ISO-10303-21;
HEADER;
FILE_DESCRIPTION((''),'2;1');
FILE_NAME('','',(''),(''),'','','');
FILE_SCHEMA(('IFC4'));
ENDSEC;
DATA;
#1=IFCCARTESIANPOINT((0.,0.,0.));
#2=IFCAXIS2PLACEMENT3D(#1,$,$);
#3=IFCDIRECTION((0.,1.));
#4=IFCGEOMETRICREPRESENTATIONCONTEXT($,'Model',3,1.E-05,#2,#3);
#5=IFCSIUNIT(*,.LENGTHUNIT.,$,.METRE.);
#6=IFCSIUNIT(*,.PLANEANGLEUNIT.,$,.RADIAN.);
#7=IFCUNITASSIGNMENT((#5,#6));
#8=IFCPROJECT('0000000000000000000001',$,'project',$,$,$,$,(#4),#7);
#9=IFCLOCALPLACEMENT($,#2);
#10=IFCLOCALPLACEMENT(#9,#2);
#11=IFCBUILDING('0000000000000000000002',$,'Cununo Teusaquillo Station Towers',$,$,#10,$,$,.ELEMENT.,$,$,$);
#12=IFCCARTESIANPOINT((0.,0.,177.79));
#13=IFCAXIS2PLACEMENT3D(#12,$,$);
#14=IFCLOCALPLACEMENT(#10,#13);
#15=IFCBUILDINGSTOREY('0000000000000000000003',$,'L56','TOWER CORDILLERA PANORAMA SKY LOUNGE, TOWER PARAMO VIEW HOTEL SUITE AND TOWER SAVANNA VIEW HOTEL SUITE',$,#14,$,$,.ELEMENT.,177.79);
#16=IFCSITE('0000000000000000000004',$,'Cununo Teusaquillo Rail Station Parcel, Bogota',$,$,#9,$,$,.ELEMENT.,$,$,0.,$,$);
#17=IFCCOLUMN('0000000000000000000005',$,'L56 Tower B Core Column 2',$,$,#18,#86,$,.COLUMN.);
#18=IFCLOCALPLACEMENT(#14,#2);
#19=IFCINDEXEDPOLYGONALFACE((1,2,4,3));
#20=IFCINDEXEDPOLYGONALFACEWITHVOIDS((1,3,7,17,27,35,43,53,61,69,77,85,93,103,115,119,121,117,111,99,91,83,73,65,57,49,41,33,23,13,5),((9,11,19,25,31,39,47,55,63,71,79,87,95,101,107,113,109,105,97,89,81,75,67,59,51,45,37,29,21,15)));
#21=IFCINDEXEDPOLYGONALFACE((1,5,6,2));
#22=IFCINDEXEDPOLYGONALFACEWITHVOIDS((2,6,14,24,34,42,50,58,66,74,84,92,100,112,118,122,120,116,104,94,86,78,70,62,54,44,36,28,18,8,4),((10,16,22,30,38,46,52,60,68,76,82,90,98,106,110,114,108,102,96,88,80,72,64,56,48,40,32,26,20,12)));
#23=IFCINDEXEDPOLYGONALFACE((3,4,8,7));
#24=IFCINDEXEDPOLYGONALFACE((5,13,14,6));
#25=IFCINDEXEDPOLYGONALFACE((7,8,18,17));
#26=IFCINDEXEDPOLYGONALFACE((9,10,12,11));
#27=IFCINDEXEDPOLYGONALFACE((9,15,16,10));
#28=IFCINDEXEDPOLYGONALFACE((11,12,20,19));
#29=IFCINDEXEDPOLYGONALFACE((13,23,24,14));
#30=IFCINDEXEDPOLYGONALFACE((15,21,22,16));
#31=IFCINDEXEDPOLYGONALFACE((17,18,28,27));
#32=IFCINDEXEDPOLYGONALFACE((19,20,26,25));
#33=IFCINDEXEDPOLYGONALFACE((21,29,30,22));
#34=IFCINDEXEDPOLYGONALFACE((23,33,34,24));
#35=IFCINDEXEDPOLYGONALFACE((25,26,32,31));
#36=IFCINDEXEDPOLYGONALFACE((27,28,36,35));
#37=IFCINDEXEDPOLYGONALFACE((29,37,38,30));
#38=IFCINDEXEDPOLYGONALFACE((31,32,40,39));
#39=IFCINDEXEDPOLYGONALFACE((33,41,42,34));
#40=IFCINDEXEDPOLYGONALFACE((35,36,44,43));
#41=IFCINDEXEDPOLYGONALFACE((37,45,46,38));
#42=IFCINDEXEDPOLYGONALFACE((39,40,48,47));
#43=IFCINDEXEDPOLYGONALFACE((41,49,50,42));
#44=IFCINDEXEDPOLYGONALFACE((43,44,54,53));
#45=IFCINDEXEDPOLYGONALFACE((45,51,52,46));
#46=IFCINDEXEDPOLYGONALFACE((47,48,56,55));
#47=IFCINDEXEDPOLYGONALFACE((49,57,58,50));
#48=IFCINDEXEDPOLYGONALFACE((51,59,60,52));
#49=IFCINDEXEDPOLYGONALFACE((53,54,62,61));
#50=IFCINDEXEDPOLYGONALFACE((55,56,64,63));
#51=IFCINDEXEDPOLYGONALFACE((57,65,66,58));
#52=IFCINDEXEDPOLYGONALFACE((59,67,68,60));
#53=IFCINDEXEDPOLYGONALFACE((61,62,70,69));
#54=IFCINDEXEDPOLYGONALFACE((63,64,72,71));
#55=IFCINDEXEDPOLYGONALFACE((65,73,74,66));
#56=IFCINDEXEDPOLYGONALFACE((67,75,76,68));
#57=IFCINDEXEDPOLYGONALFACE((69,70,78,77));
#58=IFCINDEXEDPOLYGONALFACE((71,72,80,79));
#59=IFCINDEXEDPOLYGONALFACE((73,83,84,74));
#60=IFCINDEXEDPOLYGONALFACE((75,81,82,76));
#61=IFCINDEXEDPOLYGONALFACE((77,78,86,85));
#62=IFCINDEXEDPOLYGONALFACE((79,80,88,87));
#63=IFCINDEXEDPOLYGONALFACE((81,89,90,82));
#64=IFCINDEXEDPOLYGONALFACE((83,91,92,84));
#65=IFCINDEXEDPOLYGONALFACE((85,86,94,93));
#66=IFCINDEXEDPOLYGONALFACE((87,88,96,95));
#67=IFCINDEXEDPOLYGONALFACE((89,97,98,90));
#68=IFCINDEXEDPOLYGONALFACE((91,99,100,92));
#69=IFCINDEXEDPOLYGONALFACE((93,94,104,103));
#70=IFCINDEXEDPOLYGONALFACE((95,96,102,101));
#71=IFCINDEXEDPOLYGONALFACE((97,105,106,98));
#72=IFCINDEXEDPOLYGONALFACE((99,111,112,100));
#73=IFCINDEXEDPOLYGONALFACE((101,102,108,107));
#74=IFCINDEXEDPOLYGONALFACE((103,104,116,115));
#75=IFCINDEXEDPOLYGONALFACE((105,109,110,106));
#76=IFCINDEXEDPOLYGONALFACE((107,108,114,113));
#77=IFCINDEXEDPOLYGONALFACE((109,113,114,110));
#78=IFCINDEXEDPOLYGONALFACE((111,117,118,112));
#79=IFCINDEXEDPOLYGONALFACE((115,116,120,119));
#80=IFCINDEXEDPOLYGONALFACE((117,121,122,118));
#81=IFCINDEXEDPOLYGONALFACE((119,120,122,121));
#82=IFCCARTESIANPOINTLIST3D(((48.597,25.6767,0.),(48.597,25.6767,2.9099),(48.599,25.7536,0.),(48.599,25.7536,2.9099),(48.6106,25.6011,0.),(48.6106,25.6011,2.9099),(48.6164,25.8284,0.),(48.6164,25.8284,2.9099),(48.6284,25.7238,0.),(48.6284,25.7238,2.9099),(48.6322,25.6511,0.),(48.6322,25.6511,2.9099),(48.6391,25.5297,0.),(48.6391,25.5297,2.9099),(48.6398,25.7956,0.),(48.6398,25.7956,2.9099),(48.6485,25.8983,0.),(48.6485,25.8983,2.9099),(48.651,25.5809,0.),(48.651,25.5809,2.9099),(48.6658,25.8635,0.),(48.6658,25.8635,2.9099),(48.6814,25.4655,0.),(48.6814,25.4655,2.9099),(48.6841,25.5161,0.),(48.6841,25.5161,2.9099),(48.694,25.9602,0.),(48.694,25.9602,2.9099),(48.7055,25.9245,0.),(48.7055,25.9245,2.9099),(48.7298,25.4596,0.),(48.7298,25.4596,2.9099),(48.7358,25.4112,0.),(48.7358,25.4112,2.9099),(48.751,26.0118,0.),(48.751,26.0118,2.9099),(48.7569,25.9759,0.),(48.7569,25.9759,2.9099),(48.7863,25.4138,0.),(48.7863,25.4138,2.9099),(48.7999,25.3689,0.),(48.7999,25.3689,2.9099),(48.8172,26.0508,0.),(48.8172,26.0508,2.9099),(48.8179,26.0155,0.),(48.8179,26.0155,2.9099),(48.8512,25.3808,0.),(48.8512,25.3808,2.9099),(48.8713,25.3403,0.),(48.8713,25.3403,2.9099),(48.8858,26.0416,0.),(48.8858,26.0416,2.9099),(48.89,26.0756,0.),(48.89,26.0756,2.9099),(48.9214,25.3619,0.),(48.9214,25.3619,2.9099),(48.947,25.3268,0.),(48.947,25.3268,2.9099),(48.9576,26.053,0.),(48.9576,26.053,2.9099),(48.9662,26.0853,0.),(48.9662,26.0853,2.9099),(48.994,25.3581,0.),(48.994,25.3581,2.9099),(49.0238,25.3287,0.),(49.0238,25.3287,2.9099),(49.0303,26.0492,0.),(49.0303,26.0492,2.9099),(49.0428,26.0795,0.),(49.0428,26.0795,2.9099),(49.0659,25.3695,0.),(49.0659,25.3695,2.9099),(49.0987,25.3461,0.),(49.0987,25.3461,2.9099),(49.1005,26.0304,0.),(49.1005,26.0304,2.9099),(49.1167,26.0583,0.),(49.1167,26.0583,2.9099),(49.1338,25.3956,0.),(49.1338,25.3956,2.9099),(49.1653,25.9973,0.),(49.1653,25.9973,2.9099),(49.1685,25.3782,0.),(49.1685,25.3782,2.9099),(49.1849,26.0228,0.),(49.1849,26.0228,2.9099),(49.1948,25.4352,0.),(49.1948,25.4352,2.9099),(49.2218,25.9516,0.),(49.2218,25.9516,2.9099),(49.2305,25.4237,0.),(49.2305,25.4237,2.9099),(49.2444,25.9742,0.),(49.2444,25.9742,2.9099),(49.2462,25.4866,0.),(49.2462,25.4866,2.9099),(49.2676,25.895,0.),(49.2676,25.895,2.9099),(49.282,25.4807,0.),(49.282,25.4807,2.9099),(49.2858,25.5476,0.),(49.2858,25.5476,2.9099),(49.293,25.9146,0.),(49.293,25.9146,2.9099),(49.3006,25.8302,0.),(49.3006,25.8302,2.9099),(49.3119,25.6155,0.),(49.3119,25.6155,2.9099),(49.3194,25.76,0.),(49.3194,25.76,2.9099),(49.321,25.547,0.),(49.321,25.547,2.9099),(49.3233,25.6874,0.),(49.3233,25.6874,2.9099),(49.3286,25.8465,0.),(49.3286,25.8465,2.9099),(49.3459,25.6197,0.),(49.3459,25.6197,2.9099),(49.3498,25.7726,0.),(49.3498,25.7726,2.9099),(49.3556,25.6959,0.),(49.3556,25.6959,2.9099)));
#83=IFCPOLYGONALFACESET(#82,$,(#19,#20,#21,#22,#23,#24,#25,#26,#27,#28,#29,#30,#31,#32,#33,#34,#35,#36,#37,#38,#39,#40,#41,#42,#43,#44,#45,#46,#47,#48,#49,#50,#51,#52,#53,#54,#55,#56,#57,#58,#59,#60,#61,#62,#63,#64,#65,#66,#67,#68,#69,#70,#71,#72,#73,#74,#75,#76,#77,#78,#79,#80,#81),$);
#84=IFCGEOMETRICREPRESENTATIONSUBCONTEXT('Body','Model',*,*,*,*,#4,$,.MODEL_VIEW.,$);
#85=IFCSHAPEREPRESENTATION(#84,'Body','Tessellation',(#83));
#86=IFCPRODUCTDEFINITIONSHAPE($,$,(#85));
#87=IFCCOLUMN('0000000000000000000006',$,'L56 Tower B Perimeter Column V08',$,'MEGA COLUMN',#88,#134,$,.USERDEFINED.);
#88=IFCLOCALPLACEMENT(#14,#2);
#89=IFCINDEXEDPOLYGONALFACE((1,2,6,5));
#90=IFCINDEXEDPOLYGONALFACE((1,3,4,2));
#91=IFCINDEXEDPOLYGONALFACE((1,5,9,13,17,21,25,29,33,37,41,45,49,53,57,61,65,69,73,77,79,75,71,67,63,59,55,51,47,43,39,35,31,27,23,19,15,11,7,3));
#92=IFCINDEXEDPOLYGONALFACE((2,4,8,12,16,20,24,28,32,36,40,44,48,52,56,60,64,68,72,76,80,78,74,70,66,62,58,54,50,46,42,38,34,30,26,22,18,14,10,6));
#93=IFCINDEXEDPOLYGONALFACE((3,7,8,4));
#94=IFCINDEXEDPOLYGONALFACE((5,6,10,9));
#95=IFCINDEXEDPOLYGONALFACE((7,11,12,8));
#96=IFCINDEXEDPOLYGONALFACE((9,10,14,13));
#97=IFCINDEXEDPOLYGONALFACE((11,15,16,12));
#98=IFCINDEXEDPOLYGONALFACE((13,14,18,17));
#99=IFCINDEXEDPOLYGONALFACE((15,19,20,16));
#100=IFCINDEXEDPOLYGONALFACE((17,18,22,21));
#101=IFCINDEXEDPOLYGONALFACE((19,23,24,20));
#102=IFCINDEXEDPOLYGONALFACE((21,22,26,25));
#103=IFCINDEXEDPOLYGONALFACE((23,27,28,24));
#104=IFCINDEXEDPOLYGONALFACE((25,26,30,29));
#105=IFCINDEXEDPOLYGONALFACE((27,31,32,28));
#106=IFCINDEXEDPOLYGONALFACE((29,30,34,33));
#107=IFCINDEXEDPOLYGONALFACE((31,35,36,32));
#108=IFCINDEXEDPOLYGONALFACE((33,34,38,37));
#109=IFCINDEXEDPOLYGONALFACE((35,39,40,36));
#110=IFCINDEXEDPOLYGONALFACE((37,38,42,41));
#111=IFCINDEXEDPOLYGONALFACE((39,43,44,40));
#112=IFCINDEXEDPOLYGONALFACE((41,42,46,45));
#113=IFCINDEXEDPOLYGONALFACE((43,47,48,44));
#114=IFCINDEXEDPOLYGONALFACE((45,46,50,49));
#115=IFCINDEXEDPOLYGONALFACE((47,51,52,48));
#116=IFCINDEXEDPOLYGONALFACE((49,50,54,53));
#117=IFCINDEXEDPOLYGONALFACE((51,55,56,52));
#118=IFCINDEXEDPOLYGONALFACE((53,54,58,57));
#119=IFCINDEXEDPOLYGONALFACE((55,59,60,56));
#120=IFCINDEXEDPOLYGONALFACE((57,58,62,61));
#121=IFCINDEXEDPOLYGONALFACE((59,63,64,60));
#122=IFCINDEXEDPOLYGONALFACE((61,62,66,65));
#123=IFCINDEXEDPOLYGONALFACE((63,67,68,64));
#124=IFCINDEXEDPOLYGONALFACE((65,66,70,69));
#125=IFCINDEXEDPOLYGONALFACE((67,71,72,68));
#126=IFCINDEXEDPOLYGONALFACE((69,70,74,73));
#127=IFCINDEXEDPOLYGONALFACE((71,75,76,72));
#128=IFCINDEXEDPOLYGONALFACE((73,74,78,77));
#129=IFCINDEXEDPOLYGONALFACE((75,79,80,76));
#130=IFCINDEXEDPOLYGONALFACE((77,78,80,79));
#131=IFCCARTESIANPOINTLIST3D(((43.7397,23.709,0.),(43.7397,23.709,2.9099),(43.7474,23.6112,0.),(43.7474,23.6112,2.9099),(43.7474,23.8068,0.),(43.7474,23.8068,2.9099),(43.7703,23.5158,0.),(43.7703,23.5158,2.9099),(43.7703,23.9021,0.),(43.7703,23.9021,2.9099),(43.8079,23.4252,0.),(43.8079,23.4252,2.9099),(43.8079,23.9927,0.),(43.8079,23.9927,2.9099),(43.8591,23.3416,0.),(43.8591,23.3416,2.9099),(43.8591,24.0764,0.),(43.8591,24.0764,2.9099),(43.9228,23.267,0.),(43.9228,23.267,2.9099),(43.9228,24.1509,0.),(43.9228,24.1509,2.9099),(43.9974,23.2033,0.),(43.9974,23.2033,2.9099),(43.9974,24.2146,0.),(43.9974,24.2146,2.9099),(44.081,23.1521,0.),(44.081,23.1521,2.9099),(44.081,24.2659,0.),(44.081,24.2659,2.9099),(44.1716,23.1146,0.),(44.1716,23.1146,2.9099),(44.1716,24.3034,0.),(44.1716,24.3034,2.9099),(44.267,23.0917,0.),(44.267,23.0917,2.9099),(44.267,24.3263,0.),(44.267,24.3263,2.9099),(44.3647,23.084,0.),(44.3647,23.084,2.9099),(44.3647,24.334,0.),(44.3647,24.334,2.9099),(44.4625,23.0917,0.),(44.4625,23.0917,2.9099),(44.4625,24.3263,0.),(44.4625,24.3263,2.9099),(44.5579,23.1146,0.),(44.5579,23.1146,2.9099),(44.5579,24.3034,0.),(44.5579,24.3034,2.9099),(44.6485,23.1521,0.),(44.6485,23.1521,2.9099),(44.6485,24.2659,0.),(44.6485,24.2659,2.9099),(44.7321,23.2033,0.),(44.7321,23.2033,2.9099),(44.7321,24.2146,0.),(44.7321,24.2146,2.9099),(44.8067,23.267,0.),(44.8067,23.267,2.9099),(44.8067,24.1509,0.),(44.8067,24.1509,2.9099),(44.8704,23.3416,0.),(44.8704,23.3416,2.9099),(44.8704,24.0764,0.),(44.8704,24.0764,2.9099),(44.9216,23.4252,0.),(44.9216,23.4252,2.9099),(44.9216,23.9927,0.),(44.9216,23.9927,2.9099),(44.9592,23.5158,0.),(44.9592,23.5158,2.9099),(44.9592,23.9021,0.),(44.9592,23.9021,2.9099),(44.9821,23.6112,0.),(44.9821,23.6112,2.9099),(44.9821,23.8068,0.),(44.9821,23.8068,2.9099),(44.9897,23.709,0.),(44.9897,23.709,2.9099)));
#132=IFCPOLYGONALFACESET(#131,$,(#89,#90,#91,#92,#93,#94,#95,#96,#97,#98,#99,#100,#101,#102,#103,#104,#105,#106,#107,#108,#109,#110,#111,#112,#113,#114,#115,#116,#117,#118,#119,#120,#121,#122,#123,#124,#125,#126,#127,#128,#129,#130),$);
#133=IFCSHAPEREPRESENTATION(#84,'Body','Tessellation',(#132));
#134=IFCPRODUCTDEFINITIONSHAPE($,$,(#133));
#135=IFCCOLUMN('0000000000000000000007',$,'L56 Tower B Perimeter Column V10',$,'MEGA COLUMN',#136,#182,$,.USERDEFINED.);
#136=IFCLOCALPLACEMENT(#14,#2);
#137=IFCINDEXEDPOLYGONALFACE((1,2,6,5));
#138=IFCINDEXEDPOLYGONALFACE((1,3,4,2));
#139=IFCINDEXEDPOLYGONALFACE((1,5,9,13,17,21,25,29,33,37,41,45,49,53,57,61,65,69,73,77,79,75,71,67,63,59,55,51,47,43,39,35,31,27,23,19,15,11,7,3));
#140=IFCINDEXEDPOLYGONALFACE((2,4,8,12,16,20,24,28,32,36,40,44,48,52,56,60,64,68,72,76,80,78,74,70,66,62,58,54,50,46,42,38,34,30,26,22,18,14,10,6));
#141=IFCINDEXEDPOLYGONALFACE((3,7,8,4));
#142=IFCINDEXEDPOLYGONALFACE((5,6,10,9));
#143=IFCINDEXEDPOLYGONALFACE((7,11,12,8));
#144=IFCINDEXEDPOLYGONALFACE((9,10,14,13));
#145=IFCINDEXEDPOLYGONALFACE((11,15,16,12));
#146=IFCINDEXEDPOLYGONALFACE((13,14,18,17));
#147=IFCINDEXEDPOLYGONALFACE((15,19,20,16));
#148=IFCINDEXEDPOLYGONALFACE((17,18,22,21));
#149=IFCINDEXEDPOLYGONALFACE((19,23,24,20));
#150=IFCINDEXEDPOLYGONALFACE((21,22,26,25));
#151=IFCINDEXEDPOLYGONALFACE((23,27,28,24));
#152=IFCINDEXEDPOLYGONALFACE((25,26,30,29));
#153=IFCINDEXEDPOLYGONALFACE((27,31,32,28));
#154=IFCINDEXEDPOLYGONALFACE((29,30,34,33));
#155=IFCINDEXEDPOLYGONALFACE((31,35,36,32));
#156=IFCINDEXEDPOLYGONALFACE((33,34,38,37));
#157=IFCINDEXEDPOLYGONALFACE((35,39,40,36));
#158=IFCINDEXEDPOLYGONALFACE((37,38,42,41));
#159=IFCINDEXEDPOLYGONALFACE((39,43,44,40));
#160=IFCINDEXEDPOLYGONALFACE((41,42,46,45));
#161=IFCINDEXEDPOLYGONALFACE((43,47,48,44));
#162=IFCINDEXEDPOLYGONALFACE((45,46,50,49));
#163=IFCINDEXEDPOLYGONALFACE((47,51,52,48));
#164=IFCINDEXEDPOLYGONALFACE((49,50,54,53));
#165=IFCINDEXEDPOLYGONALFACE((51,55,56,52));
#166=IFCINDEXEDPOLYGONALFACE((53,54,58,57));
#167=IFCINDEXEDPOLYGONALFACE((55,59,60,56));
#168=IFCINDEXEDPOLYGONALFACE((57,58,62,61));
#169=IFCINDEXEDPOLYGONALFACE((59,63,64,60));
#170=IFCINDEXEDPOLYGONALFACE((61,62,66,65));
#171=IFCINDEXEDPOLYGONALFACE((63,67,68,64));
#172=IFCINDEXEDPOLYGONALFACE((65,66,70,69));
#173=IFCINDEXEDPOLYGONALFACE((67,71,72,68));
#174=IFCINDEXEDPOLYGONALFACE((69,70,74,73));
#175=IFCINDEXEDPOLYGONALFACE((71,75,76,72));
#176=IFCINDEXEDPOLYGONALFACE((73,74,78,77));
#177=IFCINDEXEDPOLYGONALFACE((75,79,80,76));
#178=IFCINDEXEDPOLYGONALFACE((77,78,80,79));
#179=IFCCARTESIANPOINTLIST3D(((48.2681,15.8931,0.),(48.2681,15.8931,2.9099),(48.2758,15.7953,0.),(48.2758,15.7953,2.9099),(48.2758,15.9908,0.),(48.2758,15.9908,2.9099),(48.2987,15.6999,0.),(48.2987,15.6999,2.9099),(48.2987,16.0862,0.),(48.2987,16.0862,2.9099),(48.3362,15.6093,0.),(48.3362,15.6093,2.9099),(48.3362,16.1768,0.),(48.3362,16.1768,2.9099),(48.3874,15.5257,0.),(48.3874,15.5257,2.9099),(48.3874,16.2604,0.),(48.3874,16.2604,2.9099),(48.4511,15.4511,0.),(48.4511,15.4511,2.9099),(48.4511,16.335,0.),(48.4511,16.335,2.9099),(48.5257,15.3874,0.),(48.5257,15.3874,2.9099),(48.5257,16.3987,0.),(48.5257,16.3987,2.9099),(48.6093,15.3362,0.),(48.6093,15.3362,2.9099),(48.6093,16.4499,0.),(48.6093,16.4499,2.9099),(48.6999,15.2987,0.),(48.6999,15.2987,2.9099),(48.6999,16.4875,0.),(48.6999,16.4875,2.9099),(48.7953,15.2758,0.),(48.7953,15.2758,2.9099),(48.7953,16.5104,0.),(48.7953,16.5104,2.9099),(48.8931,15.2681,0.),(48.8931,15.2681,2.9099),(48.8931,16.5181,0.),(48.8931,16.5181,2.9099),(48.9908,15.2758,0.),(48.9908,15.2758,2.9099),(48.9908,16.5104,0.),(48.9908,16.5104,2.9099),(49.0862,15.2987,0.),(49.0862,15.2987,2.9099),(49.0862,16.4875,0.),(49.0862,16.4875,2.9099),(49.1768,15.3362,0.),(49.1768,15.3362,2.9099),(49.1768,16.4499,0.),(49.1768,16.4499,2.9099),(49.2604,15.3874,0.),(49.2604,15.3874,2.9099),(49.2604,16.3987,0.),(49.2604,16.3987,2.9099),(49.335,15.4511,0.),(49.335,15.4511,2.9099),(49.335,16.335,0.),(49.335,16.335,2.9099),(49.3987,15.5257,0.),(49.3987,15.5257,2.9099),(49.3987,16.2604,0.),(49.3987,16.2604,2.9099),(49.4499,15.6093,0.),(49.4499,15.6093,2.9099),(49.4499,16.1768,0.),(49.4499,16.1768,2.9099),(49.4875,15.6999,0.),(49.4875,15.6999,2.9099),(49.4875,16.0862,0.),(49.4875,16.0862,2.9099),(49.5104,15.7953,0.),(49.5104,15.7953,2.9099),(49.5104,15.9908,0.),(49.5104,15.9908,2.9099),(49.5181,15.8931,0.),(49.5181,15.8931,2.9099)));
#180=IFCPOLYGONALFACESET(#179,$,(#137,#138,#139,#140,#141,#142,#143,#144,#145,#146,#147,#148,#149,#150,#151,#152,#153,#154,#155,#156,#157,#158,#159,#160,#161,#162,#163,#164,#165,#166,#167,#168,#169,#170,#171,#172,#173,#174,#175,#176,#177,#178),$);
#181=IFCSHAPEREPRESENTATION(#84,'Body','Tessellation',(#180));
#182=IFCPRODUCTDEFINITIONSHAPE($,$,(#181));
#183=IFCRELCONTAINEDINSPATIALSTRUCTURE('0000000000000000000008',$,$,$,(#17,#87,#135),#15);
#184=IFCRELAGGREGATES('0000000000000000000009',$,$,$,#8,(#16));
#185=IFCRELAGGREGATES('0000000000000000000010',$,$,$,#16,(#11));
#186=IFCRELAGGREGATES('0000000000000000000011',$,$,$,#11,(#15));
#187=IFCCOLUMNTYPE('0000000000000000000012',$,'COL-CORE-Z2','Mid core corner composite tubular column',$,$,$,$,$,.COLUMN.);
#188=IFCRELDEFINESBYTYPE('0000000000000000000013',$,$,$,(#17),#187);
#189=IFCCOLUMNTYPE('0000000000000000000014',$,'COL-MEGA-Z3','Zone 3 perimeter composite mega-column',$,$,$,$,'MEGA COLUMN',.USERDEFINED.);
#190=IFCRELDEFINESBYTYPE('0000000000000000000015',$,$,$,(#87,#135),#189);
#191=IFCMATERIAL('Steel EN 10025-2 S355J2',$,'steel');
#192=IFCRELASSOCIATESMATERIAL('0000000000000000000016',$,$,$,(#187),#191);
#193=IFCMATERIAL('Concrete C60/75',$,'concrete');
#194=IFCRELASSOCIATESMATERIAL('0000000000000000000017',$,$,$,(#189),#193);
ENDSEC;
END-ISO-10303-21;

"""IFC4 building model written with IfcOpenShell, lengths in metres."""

from ifc_helpers import new_model, si_unit, direction, frame, origin, origin_2d, place, context, subcontext, project, spatial, circle, hollow_circle, extrude, material, material_profile, profile_set, type_object, element, save


model = new_model("IFC4")

# Units and contexts
model_context = context("Model", 3, precision=1e-05, world=origin(), true_north=direction((0.0, 1.0)))
body_context = subcontext(model_context, "Body", "Model", "MODEL_VIEW")
ifc_project = project(units=[si_unit("LENGTHUNIT", "METRE"), si_unit("PLANEANGLEUNIT", "RADIAN")], contexts=[model_context])

# Site, building, storey
site_placement = place(None, origin())
site = spatial("IfcSite", under=ifc_project, at=site_placement, Name="Cununo Teusaquillo Rail Station Parcel, Bogota", CompositionType="ELEMENT", RefElevation=0.0)
building_placement = place(site_placement, origin())
building = spatial("IfcBuilding", under=site, at=building_placement, Name="Cununo Teusaquillo Station Towers", CompositionType="ELEMENT")
storey_placement = place(building_placement, frame((0.0, 0.0, 177.79)))
storey = spatial("IfcBuildingStorey", under=building, at=storey_placement, Name="L56", Description="TOWER CORDILLERA PANORAMA SKY LOUNGE, TOWER PARAMO VIEW HOTEL SUITE AND TOWER SAVANNA VIEW HOTEL SUITE", CompositionType="ELEMENT", Elevation=177.79)

# Columns
ifc_material_1 = material(Name="Steel EN 10025-2 S355J2", Category="steel")
ifc_material_profile_1 = material_profile(ifc_material_1, hollow_circle(Radius=0.3799, WallThickness=0.032, at=origin_2d()), Name="CHS 760x32")
ifc_profile_set_1 = profile_set([ifc_material_profile_1], Name="Steel EN 10025-2 S355J2")
column_type_1 = type_object("IfcColumnType", Name="COL-CORE-Z2", Description="Mid core corner composite tubular column", PredefinedType="COLUMN", material=ifc_profile_set_1)
column_placement = place(storey_placement, frame((48.9758, 25.7056, 0.0), z_axis=(0.0, 0.0, 1.0), x_axis=(0.707107, 0.707107, 0.0)))
element("IfcColumn", 1, at=column_placement, inside=storey, type_object=column_type_1, Name="L56 Tower B Core Column 2", PredefinedType="COLUMN", context=body_context, shape_type="SweptSolid", body=[
    extrude(hollow_circle(Radius=0.3799, WallThickness=0.032, at=origin_2d()), origin(), (0.0, 0.0, 1.0), 2.9099),
])
ifc_material_2 = material(Name="Concrete C60/75", Category="concrete")
ifc_material_profile_2 = material_profile(ifc_material_2, circle(Radius=0.625, at=origin_2d()), Name="RC-CIRC-1250")
ifc_profile_set_2 = profile_set([ifc_material_profile_2], Name="Concrete C60/75")
column_type_2 = type_object("IfcColumnType", Name="COL-MEGA-Z3", Description="Zone 3 perimeter composite mega-column", ElementType="MEGA COLUMN", PredefinedType="USERDEFINED", material=ifc_profile_set_2)
for number, where, z_axis, x_axis, name in (
    (2, (44.3647, 23.709, 0.0), (0.0, 0.0, 1.0), (1.0, 0.0, 0.0), "L56 Tower B Perimeter Column V08"),
    (3, (48.8931, 15.8931, 0.0), (0.0, 0.0, 1.0), (1.0, 0.0, 0.0), "L56 Tower B Perimeter Column V10"),
):
    element("IfcColumn", number, at=place(storey_placement, frame(where, z_axis=z_axis, x_axis=x_axis)), inside=storey, type_object=column_type_2, Name=name, ObjectType="MEGA COLUMN", PredefinedType="USERDEFINED", context=body_context, shape_type="SweptSolid", body=[
        extrude(circle(Radius=0.625, at=origin_2d()), origin(), (0.0, 0.0, 1.0), 2.9099),
    ])

save(model, "model.ifc")
